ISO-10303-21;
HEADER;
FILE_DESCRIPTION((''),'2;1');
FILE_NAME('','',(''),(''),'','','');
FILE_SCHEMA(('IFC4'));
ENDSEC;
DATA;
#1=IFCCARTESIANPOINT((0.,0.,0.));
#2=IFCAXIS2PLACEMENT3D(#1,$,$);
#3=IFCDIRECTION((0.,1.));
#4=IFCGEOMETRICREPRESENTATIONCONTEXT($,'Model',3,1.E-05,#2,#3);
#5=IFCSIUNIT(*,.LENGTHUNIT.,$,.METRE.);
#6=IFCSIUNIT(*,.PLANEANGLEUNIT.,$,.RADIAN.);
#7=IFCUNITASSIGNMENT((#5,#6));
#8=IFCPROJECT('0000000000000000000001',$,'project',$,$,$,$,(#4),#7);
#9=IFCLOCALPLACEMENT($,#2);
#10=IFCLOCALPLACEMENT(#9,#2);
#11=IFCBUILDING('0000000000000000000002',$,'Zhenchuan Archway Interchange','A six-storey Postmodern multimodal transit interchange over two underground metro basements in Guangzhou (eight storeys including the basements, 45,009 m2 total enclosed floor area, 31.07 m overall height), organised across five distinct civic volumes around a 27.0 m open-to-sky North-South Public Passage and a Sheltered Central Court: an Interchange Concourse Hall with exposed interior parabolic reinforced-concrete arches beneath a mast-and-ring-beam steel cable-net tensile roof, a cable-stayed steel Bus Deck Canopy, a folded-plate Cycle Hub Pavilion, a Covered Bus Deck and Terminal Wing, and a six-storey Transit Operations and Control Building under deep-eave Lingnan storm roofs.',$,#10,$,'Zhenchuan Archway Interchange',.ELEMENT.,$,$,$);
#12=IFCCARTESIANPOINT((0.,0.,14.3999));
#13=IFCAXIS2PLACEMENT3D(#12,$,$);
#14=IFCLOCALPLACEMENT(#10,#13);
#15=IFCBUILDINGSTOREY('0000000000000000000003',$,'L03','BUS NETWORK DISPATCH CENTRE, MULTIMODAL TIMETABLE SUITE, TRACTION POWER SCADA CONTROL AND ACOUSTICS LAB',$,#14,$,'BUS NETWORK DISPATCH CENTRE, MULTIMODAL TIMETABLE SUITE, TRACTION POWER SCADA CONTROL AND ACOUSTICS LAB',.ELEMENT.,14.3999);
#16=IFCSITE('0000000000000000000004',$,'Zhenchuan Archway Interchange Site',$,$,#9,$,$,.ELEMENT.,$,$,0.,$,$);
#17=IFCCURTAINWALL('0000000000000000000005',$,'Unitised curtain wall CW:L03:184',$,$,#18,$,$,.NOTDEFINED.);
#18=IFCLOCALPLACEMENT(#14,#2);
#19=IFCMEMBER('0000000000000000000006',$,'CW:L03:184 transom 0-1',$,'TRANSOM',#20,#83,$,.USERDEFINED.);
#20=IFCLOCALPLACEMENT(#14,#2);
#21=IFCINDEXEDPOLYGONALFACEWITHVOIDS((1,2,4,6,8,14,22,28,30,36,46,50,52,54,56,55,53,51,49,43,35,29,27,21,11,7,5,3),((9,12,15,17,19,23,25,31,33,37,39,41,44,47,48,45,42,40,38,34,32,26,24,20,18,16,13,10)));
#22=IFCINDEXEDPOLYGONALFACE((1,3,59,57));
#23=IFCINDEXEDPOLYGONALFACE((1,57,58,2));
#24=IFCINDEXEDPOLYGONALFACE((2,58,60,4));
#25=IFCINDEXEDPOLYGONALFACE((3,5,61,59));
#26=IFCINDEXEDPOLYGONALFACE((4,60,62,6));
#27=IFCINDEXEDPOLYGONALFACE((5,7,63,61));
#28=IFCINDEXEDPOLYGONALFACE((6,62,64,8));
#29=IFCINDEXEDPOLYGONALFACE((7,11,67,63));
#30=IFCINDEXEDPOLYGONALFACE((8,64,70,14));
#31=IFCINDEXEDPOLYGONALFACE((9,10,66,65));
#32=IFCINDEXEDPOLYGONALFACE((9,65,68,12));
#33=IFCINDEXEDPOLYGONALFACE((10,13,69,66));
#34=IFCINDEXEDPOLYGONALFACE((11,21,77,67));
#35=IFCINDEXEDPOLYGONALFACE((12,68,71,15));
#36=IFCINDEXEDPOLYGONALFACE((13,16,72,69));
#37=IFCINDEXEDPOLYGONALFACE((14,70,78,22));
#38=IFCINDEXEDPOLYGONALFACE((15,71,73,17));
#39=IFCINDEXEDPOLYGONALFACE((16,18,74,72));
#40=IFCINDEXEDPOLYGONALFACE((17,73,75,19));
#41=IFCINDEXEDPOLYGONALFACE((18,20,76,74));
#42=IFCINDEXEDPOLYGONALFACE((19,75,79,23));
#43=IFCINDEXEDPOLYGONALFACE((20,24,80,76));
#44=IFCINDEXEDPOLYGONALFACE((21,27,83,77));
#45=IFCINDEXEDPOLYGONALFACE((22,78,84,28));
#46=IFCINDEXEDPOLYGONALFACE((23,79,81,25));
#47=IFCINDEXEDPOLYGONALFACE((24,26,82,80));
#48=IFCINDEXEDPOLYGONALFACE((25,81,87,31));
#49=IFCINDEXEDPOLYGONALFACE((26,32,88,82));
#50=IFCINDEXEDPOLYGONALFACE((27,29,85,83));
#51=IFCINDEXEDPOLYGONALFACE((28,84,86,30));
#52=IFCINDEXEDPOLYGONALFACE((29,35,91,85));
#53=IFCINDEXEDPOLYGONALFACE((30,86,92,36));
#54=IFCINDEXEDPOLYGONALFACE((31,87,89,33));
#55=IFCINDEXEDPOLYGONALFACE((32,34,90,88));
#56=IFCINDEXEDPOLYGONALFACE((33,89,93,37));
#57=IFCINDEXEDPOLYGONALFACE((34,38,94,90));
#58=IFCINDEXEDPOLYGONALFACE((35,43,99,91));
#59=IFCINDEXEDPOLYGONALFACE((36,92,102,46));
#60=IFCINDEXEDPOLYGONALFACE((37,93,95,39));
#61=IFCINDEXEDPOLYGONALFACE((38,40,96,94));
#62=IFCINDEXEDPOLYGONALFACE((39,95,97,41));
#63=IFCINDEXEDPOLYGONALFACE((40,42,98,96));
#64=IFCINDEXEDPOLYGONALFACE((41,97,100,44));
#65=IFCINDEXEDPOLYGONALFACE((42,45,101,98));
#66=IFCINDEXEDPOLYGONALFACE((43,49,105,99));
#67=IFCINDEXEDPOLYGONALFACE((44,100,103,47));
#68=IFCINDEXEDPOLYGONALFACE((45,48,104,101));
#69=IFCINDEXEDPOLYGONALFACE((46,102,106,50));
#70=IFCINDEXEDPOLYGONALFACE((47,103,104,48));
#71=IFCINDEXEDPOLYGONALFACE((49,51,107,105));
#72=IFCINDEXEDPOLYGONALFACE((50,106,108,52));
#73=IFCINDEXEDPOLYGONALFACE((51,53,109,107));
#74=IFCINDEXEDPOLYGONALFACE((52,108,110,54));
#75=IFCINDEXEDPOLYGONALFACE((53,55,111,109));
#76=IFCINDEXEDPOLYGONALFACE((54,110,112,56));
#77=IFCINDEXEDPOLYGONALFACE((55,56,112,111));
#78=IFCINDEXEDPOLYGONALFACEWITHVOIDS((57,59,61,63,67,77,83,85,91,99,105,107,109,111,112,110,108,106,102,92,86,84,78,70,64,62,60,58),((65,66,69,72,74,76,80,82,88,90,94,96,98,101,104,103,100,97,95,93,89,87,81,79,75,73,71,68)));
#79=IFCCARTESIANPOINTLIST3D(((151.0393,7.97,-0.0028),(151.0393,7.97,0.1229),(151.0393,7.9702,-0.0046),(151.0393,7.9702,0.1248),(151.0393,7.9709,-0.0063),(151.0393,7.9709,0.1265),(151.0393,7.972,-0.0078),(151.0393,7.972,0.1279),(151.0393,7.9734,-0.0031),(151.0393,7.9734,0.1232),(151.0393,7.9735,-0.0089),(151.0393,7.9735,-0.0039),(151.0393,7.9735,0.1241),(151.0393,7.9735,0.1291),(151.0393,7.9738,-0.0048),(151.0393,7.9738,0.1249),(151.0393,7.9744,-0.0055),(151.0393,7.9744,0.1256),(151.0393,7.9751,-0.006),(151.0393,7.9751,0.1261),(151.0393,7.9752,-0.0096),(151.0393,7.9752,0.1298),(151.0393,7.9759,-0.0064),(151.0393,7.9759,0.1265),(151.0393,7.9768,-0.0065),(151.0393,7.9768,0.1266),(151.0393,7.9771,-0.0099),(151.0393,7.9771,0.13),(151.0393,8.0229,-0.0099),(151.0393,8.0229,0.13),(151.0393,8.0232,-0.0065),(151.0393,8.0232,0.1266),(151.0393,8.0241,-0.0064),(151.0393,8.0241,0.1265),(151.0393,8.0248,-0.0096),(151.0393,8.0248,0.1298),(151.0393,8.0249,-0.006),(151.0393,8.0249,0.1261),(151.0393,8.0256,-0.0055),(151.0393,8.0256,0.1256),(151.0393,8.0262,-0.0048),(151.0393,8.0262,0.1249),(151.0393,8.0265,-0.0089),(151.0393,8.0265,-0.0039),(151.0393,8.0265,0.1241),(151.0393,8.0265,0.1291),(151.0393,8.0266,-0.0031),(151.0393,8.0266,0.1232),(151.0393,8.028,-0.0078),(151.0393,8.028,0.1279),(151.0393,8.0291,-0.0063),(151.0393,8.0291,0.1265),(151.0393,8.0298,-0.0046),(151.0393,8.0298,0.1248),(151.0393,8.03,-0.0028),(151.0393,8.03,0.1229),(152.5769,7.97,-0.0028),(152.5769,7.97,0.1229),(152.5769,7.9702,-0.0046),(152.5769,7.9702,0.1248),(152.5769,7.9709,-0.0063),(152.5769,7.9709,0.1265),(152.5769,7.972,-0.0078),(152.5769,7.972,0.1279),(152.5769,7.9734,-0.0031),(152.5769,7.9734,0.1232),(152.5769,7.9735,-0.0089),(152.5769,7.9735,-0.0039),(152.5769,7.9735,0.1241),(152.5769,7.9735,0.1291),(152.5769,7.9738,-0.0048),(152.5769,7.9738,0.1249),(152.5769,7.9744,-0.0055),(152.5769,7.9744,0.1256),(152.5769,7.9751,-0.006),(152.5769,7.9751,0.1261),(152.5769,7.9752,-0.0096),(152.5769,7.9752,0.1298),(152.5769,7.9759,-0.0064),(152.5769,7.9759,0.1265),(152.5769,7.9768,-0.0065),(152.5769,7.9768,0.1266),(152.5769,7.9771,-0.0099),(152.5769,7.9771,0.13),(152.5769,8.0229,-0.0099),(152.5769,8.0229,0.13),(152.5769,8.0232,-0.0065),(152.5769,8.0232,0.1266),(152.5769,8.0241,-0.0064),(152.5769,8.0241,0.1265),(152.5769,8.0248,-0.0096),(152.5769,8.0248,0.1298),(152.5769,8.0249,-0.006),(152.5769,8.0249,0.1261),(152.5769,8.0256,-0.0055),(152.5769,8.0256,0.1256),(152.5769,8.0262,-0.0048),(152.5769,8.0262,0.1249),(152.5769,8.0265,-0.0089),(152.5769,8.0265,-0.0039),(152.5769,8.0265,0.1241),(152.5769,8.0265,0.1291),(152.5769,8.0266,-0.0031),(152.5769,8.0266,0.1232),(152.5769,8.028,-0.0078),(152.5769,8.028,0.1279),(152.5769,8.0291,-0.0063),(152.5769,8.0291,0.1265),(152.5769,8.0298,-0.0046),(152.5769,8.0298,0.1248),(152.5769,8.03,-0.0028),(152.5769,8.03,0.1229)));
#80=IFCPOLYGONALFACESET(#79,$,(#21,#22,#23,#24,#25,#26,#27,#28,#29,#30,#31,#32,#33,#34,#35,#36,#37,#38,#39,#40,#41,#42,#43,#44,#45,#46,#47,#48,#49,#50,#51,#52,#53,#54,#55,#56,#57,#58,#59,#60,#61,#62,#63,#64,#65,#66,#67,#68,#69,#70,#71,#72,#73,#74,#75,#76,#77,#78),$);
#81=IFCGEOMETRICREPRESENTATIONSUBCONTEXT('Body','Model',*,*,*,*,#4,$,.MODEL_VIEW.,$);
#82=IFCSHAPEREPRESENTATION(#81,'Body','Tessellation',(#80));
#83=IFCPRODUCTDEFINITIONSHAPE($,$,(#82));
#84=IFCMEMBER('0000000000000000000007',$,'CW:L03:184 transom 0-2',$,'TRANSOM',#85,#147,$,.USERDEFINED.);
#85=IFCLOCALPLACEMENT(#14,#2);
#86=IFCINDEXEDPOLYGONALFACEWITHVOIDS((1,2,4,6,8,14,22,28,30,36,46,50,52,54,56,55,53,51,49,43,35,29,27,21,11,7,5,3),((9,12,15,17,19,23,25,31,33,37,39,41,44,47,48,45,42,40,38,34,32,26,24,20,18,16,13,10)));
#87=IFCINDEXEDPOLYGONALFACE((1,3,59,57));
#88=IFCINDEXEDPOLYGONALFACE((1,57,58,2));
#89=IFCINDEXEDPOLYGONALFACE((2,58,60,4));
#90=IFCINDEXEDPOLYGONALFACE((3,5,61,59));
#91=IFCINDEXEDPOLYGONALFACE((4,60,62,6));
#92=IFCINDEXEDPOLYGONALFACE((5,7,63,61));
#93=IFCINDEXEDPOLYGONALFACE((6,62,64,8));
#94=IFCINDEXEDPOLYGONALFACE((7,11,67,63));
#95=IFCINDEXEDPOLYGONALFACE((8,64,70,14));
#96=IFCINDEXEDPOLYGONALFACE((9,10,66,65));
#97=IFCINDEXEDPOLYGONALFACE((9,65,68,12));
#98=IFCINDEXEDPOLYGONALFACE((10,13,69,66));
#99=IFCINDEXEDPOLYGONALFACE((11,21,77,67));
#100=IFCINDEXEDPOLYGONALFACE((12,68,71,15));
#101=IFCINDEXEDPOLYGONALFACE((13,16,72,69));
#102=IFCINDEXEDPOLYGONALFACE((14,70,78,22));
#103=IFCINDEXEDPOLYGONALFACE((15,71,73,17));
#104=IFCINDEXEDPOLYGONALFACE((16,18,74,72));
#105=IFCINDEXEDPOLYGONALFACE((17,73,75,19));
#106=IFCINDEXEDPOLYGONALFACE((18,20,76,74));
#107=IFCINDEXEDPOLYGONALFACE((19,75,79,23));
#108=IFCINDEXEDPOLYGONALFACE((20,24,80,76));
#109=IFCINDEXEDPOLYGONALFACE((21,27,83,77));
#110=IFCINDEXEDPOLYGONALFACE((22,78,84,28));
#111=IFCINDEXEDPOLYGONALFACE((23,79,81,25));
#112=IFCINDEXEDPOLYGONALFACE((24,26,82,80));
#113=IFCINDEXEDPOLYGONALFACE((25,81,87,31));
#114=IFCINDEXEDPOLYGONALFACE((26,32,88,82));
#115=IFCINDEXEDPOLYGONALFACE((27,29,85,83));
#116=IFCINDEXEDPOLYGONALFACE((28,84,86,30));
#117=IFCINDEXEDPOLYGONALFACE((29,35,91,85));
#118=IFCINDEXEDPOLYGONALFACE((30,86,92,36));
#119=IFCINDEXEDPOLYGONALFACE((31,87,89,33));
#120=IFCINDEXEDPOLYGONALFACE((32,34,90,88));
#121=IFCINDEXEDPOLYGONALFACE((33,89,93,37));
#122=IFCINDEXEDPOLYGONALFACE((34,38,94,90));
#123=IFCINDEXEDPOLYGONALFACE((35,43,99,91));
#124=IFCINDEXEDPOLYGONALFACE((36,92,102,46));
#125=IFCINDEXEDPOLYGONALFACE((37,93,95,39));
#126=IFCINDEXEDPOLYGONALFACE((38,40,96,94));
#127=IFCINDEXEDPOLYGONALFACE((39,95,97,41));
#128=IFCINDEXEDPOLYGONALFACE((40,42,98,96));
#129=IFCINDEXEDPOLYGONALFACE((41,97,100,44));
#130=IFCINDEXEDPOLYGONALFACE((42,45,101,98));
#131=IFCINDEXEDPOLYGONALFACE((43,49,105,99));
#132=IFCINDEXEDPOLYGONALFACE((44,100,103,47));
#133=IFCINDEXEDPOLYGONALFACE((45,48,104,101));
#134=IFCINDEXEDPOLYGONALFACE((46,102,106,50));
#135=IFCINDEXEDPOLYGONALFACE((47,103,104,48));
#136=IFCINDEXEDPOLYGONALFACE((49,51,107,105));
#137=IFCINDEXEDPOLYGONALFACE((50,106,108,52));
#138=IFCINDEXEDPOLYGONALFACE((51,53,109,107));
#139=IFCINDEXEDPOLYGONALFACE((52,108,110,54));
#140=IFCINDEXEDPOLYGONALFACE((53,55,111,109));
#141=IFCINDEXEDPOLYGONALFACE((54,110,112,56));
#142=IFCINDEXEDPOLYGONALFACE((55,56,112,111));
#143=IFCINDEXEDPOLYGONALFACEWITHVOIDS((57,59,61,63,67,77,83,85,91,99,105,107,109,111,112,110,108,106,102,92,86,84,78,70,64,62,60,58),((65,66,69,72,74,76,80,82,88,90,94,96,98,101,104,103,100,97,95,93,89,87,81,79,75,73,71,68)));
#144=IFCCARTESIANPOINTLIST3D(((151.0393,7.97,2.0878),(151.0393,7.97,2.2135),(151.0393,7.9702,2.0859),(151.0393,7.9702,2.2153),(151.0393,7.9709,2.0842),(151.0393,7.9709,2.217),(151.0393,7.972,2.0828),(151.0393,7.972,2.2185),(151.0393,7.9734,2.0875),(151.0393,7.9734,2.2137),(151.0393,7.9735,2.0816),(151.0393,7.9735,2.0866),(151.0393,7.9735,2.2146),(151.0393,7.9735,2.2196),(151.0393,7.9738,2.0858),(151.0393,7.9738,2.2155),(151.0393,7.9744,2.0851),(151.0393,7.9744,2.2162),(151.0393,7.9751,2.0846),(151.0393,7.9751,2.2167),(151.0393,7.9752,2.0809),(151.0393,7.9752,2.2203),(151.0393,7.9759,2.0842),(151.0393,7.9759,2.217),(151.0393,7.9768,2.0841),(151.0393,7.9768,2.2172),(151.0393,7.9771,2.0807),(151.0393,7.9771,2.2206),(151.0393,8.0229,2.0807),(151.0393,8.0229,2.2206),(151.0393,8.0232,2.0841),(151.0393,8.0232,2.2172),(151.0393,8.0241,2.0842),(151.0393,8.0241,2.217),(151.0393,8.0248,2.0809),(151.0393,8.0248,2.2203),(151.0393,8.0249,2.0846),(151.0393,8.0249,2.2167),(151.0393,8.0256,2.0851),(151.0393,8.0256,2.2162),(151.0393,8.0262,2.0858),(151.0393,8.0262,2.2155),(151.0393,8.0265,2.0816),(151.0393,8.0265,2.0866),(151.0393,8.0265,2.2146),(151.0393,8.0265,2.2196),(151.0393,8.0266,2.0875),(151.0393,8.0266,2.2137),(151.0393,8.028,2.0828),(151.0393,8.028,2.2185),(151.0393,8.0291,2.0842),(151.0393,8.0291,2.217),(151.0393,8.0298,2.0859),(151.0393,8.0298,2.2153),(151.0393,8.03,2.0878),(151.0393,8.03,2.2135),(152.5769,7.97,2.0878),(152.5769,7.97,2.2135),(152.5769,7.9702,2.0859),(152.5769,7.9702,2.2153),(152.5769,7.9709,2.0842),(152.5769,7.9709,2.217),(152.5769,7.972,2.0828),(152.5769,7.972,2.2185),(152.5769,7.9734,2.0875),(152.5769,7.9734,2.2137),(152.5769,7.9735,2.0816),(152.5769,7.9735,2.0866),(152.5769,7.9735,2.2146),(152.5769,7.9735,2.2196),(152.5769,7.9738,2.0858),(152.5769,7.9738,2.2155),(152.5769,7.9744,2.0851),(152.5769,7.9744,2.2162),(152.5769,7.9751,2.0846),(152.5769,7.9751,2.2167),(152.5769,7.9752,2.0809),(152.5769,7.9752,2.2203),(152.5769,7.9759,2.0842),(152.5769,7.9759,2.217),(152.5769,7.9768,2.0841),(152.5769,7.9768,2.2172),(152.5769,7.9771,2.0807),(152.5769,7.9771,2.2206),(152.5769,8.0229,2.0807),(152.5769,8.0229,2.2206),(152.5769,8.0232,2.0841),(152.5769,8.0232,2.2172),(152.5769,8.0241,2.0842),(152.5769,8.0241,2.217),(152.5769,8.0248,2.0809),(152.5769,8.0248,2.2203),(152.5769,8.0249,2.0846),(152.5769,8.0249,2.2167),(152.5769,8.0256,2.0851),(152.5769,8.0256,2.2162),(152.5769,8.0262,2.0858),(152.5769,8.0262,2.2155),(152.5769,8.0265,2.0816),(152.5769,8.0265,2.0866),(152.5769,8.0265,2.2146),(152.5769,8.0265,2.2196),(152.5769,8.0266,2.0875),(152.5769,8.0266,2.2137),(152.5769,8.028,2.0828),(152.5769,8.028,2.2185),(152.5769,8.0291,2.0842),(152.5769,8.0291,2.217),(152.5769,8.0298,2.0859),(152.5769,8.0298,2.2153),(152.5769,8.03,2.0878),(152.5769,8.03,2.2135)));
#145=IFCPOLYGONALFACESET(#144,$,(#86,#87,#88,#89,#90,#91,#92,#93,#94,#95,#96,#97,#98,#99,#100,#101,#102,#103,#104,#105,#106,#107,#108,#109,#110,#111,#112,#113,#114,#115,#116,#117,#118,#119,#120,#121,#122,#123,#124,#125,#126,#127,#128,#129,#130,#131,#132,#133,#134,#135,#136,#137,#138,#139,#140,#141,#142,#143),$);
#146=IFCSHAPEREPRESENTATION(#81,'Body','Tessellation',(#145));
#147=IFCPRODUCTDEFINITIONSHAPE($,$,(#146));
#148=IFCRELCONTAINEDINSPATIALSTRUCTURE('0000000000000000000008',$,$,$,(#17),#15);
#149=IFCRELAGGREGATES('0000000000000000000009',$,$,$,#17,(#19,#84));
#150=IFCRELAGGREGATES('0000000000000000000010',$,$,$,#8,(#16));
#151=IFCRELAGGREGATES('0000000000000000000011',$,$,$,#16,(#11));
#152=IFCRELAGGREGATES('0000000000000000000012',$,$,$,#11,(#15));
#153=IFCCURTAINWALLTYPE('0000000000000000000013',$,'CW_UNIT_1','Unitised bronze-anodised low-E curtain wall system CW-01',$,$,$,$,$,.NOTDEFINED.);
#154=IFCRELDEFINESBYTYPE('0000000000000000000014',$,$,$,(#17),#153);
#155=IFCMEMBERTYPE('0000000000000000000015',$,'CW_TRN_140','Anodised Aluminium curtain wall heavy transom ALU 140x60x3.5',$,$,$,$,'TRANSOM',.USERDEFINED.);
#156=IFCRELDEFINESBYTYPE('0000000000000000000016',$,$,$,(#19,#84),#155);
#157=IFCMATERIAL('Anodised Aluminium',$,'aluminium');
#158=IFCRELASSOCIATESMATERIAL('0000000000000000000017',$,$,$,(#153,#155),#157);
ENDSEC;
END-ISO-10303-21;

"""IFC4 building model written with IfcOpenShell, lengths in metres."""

from ifc_helpers import new_model, si_unit, direction, frame, origin, origin_2d, place, context, subcontext, project, spatial, hollow_rectangle, extrude, material, material_profile, profile_set, type_object, element, aggregate, save


model = new_model("IFC4")

# Units and contexts
model_context = context("Model", 3, precision=1e-05, world=origin(), true_north=direction((0.0, 1.0)))
body_context = subcontext(model_context, "Body", "Model", "MODEL_VIEW")
ifc_project = project(units=[si_unit("LENGTHUNIT", "METRE"), si_unit("PLANEANGLEUNIT", "RADIAN")], contexts=[model_context])

# Site, building, storey
site_placement = place(None, origin())
site = spatial("IfcSite", under=ifc_project, at=site_placement, Name="Zhenchuan Archway Interchange Site", CompositionType="ELEMENT", RefElevation=0.0)
building_placement = place(site_placement, origin())
building = spatial("IfcBuilding", under=site, at=building_placement, Name="Zhenchuan Archway Interchange", Description="A six-storey Postmodern multimodal transit interchange over two underground metro basements in Guangzhou (eight storeys including the basements, 45,009 m2 total enclosed floor area, 31.07 m overall height), organised across five distinct civic volumes around a 27.0 m open-to-sky North-South Public Passage and a Sheltered Central Court: an Interchange Concourse Hall with exposed interior parabolic reinforced-concrete arches beneath a mast-and-ring-beam steel cable-net tensile roof, a cable-stayed steel Bus Deck Canopy, a folded-plate Cycle Hub Pavilion, a Covered Bus Deck and Terminal Wing, and a six-storey Transit Operations and Control Building under deep-eave Lingnan storm roofs.", LongName="Zhenchuan Archway Interchange", CompositionType="ELEMENT")
storey_placement = place(building_placement, frame((0.0, 0.0, 14.3999)))
storey = spatial("IfcBuildingStorey", under=building, at=storey_placement, Name="L03", Description="BUS NETWORK DISPATCH CENTRE, MULTIMODAL TIMETABLE SUITE, TRACTION POWER SCADA CONTROL AND ACOUSTICS LAB", LongName="BUS NETWORK DISPATCH CENTRE, MULTIMODAL TIMETABLE SUITE, TRACTION POWER SCADA CONTROL AND ACOUSTICS LAB", CompositionType="ELEMENT", Elevation=14.3999)

# Curtain wall, members
ifc_material_1 = material(Name="Anodised Aluminium", Category="aluminium")
curtain_wall_type = type_object("IfcCurtainWallType", Name="CW_UNIT_1", Description="Unitised bronze-anodised low-E curtain wall system CW-01", PredefinedType="NOTDEFINED", material=ifc_material_1)
curtain_wall_placement = place(storey_placement, origin())
curtain_wall = element("IfcCurtainWall", 1, at=curtain_wall_placement, inside=storey, type_object=curtain_wall_type, Name="Unitised curtain wall CW:L03:184", PredefinedType="NOTDEFINED")
ifc_material_profile_1 = material_profile(ifc_material_1, hollow_rectangle(XDim=0.0601, YDim=0.1399, WallThickness=0.0034, InnerFilletRadius=0.0034, OuterFilletRadius=0.0071, at=origin_2d()), Name="ALU 140x60x3.5")
ifc_profile_set_1 = profile_set([ifc_material_profile_1], Name="Anodised Aluminium")
member_type_1 = type_object("IfcMemberType", Name="CW_TRN_140", Description="Anodised Aluminium curtain wall heavy transom ALU 140x60x3.5", ElementType="TRANSOM", PredefinedType="USERDEFINED", material=ifc_profile_set_1)
member_1_placement = place(storey_placement, frame((152.5769, 8.0, 0.0601), z_axis=(-1.0, 0.0, 0.0), x_axis=(0.0, -1.0, 0.0)))
member_1 = element("IfcMember", 2, at=member_1_placement, type_object=member_type_1, Name="CW:L03:184 transom 0-1", ObjectType="TRANSOM", PredefinedType="USERDEFINED", context=body_context, shape_type="SweptSolid", body=[
    extrude(hollow_rectangle(XDim=0.0601, YDim=0.1399, WallThickness=0.0034, InnerFilletRadius=0.0034, OuterFilletRadius=0.0071, at=origin_2d()), origin(), (0.0, 0.0, 1.0), 1.5376),
])
member_2_placement = place(storey_placement, frame((152.5769, 8.0, 2.1506), z_axis=(-1.0, 0.0, 0.0), x_axis=(0.0, -1.0, 0.0)))
member_2 = element("IfcMember", 3, at=member_2_placement, type_object=member_type_1, Name="CW:L03:184 transom 0-2", ObjectType="TRANSOM", PredefinedType="USERDEFINED", context=body_context, shape_type="SweptSolid", body=[
    extrude(hollow_rectangle(XDim=0.0601, YDim=0.1399, WallThickness=0.0034, InnerFilletRadius=0.0034, OuterFilletRadius=0.0071, at=origin_2d()), origin(), (0.0, 0.0, 1.0), 1.5376),
])

aggregate(curtain_wall, [member_1, member_2])

save(model, "model.ifc")
